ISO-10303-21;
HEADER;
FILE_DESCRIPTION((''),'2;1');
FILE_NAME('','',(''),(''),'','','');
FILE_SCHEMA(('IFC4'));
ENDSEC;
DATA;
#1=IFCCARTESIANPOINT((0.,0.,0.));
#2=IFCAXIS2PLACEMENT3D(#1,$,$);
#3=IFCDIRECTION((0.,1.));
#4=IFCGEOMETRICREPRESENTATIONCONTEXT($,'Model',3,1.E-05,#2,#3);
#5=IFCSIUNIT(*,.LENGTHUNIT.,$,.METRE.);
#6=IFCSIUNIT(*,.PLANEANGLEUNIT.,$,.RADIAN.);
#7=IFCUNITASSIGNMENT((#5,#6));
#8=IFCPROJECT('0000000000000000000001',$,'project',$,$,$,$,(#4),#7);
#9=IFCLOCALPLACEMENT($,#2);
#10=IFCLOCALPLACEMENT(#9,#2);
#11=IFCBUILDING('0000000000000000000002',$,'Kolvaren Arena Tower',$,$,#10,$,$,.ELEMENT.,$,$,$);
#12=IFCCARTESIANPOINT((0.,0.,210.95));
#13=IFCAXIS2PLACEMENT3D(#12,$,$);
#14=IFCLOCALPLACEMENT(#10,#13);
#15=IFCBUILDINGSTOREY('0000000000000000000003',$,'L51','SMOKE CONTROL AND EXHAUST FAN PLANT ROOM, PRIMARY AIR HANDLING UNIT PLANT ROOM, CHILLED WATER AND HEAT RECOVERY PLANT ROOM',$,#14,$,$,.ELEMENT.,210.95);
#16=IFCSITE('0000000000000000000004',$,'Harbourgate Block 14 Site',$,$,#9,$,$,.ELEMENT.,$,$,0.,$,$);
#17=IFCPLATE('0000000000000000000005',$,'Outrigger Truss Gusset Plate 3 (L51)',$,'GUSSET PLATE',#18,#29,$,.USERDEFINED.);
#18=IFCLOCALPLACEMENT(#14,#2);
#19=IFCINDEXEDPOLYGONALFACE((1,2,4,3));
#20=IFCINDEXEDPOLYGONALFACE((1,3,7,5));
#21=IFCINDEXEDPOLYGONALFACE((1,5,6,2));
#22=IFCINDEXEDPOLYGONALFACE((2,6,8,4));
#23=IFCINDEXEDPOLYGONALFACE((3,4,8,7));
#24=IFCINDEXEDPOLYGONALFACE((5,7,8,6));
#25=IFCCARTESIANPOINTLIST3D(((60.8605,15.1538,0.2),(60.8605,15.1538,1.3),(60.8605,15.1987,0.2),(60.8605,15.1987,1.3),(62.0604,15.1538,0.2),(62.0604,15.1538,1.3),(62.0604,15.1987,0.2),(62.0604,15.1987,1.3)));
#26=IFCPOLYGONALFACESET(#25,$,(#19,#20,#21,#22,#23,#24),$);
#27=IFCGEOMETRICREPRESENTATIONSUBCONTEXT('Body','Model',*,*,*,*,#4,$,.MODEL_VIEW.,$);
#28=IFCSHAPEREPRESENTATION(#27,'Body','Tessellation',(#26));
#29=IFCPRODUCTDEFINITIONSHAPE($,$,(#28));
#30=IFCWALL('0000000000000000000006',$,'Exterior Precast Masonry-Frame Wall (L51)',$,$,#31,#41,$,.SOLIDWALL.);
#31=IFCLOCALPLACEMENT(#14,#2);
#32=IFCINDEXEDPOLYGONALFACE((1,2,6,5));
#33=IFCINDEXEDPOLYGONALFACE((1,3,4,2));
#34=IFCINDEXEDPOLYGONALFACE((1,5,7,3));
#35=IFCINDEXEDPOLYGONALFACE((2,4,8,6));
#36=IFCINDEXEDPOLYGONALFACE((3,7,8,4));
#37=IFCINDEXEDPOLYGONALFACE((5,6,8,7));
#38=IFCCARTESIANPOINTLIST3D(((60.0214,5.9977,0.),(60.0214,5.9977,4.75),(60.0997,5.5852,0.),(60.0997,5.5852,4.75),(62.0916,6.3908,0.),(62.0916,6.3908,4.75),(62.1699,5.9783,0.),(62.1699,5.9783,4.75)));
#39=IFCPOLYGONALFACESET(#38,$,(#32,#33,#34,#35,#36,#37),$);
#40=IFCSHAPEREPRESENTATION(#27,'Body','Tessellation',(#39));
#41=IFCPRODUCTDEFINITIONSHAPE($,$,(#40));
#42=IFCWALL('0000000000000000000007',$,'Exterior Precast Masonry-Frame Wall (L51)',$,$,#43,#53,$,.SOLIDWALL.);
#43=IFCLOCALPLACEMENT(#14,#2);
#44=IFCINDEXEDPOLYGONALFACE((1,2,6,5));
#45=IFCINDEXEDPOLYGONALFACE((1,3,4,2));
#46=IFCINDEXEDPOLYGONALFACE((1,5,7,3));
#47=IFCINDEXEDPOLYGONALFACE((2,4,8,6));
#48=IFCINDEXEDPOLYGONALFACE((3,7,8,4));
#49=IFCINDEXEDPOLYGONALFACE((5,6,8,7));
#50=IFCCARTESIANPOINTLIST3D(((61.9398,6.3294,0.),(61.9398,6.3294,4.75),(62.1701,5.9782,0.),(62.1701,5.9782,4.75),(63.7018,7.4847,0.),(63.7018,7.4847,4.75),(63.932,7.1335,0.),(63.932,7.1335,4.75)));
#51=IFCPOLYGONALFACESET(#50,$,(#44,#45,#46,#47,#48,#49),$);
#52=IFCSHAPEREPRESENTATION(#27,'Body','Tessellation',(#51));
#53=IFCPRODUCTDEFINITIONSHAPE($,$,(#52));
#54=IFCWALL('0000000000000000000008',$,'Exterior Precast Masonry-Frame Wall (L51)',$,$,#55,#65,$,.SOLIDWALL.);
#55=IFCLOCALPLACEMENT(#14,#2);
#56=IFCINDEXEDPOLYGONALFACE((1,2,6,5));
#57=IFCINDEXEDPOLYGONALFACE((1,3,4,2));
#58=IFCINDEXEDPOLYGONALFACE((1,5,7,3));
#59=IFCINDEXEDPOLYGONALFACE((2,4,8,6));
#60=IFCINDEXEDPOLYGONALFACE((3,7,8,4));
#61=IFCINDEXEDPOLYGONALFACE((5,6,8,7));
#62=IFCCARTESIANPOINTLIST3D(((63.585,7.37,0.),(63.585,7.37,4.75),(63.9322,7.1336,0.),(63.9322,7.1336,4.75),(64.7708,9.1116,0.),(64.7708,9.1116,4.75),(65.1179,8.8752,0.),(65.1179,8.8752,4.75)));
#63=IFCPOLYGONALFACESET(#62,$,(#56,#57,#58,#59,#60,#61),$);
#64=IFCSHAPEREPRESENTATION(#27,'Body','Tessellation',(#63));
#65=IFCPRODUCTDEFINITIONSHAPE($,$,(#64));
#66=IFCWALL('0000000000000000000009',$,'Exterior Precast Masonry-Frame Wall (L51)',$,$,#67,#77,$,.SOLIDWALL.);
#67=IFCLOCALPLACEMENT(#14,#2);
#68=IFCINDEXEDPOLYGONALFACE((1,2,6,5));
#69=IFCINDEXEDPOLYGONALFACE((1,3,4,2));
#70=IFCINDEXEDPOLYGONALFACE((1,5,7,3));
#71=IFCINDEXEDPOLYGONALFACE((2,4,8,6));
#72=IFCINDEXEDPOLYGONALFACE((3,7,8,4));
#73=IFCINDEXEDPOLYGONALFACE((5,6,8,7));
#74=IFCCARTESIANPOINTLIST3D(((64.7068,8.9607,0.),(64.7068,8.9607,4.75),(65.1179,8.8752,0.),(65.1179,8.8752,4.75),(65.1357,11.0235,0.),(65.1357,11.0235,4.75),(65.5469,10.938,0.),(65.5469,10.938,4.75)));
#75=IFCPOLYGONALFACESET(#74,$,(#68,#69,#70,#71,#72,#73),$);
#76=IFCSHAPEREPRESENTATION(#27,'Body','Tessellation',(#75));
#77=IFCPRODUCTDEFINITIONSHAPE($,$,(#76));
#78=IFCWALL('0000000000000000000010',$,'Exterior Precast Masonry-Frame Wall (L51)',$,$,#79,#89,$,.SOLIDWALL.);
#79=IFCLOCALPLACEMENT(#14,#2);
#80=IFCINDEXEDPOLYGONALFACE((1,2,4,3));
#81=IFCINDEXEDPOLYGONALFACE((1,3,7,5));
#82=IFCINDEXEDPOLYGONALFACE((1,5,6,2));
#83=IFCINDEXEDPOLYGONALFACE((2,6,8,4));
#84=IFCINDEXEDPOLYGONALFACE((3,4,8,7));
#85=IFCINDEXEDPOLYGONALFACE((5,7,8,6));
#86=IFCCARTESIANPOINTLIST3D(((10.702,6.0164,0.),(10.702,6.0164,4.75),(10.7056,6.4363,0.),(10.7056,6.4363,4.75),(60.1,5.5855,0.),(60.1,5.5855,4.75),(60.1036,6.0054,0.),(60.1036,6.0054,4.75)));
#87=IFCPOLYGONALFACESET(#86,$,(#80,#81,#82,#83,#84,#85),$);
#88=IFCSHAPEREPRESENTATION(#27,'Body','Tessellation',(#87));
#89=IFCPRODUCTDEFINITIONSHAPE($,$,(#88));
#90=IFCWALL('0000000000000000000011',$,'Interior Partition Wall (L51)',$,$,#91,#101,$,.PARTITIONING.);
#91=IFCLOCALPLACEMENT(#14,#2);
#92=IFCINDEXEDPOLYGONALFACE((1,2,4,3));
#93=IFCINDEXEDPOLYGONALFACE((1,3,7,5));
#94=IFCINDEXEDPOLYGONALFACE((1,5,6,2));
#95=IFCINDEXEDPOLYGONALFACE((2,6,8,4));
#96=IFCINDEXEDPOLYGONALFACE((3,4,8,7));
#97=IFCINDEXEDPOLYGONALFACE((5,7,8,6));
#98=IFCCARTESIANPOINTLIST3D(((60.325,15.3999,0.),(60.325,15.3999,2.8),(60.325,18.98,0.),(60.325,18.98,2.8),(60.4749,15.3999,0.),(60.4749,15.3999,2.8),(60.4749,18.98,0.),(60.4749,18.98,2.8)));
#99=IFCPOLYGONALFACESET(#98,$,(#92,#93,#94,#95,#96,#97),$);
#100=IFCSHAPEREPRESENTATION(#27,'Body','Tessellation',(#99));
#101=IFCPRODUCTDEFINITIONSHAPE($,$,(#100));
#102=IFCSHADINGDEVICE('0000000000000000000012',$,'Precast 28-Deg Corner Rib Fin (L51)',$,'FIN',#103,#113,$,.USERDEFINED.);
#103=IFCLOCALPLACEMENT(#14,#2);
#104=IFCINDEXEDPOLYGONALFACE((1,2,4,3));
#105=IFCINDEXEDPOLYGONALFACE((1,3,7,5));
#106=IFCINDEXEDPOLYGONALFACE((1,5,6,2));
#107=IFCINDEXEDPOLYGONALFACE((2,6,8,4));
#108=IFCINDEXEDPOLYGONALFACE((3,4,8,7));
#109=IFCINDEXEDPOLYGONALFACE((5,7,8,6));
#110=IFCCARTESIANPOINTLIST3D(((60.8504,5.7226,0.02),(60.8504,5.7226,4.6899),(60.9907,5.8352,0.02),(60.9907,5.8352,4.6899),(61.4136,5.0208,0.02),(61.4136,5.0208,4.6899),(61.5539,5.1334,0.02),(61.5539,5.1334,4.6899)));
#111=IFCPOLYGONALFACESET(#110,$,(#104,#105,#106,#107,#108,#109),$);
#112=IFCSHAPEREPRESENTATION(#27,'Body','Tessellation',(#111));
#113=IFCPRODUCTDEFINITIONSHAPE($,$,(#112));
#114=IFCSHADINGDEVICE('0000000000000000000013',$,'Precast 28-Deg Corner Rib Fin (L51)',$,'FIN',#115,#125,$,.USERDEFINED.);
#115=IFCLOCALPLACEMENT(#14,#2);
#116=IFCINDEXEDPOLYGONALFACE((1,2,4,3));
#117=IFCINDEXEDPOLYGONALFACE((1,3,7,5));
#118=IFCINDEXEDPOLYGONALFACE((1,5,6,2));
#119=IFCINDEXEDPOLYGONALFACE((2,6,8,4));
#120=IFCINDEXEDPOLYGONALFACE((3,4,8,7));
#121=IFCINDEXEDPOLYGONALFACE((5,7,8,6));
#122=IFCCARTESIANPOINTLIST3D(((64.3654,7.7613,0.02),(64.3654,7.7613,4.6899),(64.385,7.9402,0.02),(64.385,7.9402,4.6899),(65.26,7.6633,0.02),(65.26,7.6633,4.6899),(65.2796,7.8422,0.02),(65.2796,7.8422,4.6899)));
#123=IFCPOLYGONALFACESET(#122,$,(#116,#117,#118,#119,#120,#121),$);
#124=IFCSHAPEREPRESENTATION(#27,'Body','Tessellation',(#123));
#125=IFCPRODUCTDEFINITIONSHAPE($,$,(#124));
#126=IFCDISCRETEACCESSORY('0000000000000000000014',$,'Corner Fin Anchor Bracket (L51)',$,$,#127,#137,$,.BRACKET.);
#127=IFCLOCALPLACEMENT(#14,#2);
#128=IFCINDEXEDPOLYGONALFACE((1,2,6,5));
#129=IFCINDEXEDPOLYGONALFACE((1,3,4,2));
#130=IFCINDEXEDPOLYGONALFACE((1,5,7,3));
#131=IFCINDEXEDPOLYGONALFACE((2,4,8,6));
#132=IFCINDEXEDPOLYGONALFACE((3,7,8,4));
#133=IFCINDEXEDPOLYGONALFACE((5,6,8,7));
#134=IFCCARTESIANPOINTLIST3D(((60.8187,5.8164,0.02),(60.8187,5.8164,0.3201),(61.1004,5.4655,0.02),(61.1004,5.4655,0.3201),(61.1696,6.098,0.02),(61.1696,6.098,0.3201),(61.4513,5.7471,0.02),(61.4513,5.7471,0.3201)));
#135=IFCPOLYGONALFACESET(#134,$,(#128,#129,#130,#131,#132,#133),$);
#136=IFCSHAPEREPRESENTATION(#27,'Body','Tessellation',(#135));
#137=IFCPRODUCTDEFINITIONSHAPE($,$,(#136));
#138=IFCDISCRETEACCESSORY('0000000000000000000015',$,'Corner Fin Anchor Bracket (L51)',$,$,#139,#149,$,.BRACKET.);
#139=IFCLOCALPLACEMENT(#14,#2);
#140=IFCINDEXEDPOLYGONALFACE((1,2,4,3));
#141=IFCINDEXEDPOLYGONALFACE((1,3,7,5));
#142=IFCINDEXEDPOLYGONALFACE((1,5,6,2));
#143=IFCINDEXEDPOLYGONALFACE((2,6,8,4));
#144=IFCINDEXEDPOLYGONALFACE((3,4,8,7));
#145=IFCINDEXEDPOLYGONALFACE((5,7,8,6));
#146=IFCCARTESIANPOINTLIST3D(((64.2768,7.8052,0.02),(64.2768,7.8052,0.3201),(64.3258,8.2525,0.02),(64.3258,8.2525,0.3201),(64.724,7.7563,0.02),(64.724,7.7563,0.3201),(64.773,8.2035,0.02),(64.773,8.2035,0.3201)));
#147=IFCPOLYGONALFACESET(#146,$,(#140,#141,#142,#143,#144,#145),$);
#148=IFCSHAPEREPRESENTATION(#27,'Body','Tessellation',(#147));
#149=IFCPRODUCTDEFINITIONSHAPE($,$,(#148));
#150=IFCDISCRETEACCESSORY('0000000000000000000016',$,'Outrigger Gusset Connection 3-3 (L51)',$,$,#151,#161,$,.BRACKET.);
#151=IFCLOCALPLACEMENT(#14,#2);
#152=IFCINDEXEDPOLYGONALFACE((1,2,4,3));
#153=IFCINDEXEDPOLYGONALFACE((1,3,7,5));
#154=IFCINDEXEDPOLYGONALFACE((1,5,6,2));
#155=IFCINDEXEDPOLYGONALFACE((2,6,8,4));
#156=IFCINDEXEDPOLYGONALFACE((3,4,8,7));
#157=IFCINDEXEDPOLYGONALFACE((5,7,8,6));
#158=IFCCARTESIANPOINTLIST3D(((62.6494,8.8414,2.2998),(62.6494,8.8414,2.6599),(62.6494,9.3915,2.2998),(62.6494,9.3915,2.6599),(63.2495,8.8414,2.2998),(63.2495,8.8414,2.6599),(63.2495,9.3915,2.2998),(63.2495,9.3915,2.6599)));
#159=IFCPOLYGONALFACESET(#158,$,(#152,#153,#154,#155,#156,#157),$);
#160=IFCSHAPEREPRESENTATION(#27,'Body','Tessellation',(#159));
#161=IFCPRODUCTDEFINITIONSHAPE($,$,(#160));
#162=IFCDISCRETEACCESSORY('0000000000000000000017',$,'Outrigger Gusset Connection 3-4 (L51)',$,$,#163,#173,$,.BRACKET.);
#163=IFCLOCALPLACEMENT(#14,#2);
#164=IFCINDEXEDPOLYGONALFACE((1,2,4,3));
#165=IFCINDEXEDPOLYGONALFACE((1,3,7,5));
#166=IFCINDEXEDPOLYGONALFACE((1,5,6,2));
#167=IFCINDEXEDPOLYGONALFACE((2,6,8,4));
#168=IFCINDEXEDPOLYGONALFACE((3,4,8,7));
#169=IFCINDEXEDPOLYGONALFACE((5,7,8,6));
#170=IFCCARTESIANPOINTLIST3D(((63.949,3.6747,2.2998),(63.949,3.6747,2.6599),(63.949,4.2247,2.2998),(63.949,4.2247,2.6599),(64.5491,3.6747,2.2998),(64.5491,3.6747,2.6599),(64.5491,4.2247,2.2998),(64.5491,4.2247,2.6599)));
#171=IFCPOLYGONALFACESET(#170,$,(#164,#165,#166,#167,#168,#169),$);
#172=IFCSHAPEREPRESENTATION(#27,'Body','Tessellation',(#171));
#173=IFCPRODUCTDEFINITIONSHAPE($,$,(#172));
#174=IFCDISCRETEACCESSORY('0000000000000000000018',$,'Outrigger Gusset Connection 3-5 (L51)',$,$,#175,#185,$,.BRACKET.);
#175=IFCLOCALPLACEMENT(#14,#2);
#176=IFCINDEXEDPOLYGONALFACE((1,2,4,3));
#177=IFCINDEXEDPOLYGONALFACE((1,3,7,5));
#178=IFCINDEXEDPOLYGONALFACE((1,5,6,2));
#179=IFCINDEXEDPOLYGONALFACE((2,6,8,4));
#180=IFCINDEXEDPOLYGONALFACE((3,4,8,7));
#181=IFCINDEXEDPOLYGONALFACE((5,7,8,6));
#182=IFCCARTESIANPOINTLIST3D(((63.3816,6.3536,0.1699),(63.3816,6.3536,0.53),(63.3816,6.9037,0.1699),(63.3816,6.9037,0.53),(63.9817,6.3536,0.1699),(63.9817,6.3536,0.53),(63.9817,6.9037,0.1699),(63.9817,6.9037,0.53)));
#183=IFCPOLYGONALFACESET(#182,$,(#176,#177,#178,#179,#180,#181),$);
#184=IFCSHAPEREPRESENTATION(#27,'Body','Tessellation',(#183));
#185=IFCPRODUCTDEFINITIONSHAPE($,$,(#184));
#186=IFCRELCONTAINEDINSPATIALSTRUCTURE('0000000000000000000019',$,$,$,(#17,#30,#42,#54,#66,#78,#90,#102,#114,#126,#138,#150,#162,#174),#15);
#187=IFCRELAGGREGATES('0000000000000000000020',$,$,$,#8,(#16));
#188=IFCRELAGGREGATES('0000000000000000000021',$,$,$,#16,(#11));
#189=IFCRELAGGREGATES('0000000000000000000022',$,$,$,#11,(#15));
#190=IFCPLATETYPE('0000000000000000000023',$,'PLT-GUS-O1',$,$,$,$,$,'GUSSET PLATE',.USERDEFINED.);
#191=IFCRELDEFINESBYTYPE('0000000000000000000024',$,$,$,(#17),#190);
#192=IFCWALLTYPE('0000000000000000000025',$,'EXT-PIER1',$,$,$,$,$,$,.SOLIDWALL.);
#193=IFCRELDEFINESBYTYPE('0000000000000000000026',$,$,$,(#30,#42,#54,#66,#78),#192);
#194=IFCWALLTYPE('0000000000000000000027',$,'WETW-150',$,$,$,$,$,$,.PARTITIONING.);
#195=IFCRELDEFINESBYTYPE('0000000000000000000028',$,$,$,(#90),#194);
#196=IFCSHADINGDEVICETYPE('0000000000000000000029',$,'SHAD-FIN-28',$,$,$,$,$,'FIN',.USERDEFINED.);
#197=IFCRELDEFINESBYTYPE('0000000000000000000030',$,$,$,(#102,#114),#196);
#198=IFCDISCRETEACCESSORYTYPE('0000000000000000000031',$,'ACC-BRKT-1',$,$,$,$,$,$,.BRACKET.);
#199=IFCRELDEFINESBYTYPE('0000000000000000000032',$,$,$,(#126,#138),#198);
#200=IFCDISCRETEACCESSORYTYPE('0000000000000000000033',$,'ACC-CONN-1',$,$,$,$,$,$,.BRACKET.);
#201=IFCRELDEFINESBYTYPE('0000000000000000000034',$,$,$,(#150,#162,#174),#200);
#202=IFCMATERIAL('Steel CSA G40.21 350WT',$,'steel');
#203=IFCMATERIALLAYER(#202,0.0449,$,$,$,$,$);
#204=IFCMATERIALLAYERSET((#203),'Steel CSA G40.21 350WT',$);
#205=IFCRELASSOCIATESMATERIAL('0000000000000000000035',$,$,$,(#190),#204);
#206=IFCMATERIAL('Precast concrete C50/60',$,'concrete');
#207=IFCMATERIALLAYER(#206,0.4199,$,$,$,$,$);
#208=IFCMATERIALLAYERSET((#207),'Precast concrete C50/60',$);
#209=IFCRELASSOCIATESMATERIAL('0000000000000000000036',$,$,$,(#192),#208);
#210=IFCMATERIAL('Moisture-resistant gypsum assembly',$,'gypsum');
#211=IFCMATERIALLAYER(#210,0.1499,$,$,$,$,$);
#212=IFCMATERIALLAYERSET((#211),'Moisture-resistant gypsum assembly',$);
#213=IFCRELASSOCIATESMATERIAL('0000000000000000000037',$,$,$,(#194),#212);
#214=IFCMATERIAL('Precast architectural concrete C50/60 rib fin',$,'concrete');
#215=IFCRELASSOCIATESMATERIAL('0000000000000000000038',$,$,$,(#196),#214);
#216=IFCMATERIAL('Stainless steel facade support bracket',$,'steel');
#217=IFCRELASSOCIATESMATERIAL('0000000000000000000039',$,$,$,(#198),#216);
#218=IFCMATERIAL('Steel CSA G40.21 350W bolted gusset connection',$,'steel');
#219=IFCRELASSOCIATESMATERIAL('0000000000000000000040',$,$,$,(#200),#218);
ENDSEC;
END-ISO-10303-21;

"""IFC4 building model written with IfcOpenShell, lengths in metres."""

from ifc_helpers import new_model, si_unit, direction, frame, frame_2d, origin, origin_2d, place, context, subcontext, project, spatial, rectangle, extrude, material, layer, layer_set, type_object, element, save


model = new_model("IFC4")

# Units and contexts
model_context = context("Model", 3, precision=1e-05, world=origin(), true_north=direction((0.0, 1.0)))
body_context = subcontext(model_context, "Body", "Model", "MODEL_VIEW")
ifc_project = project(units=[si_unit("LENGTHUNIT", "METRE"), si_unit("PLANEANGLEUNIT", "RADIAN")], contexts=[model_context])

# Site, building, storey
site_placement = place(None, origin())
site = spatial("IfcSite", under=ifc_project, at=site_placement, Name="Harbourgate Block 14 Site", CompositionType="ELEMENT", RefElevation=0.0)
building_placement = place(site_placement, origin())
building = spatial("IfcBuilding", under=site, at=building_placement, Name="Kolvaren Arena Tower", CompositionType="ELEMENT")
storey_placement = place(building_placement, frame((0.0, 0.0, 210.95)))
storey = spatial("IfcBuildingStorey", under=building, at=storey_placement, Name="L51", Description="SMOKE CONTROL AND EXHAUST FAN PLANT ROOM, PRIMARY AIR HANDLING UNIT PLANT ROOM, CHILLED WATER AND HEAT RECOVERY PLANT ROOM", CompositionType="ELEMENT", Elevation=210.95)

# Shared definitions
ifc_material_1 = material(Name="Steel CSA G40.21 350WT", Category="steel")

# Plate
ifc_layer_1 = layer(ifc_material_1, 0.0449)
ifc_layer_set_1 = layer_set([ifc_layer_1], Name="Steel CSA G40.21 350WT")
plate_type = type_object("IfcPlateType", Name="PLT-GUS-O1", ElementType="GUSSET PLATE", PredefinedType="USERDEFINED", material=ifc_layer_set_1)
plate_placement = place(storey_placement, frame((61.4604, 15.1763, 0.2), z_axis=(0.0, 0.0, 1.0), x_axis=(1.0, 0.0, 0.0)))
element("IfcPlate", 1, at=plate_placement, inside=storey, type_object=plate_type, Name="Outrigger Truss Gusset Plate 3 (L51)", ObjectType="GUSSET PLATE", PredefinedType="USERDEFINED", context=body_context, shape_type="SweptSolid", body=[
    extrude(rectangle(XDim=1.2, YDim=0.0449, at=origin_2d()), origin(), (0.0, 0.0, 1.0), 1.1001),
])

# Walls
ifc_material_2 = material(Name="Precast concrete C50/60", Category="concrete")
ifc_layer_2 = layer(ifc_material_2, 0.4199)
ifc_layer_set_2 = layer_set([ifc_layer_2], Name="Precast concrete C50/60")
wall_type_1 = type_object("IfcWallType", Name="EXT-PIER1", PredefinedType="SOLIDWALL", material=ifc_layer_set_2)
wall_1_placement = place(storey_placement, frame((62.1309, 6.1846, 0.0), z_axis=(0.0, 0.0, 1.0), x_axis=(-0.982446, -0.186548, 0.0)))
element("IfcWall", 2, at=wall_1_placement, inside=storey, type_object=wall_type_1, Name="Exterior Precast Masonry-Frame Wall (L51)", PredefinedType="SOLIDWALL", context=body_context, shape_type="SweptSolid", body=[
    extrude(rectangle(XDim=2.1072, YDim=0.4199, at=frame_2d((1.0537, 0.0))), origin(), (0.0, 0.0, 1.0), 4.75),
])
for number, where, z_axis, x_axis, name in (
    (3, (63.8169, 7.3091, 0.0), (0.0, 0.0, 1.0), (-0.836269, -0.54832, 0.0), "Exterior Precast Masonry-Frame Wall (L51)"),
    (4, (64.9443, 8.9934, 0.0), (0.0, 0.0, 1.0), (-0.562776, -0.82661, 0.0), "Exterior Precast Masonry-Frame Wall (L51)"),
    (5, (65.3413, 10.9807, 0.0), (0.0, 0.0, 1.0), (-0.203598, -0.979055, 0.0), "Exterior Precast Masonry-Frame Wall (L51)"),
):
    element("IfcWall", number, at=place(storey_placement, frame(where, z_axis=z_axis, x_axis=x_axis)), inside=storey, type_object=wall_type_1, Name=name, PredefinedType="SOLIDWALL", context=body_context, shape_type="SweptSolid", body=[
        extrude(rectangle(XDim=2.1069, YDim=0.4199, at=frame_2d((1.0535, 0.0))), origin(), (0.0, 0.0, 1.0), 4.75),
    ])
wall_2_placement = place(storey_placement, frame((60.1018, 5.7954, 0.0), z_axis=(0.0, 0.0, 1.0), x_axis=(-0.999962, 0.008723, 0.0)))
element("IfcWall", 6, at=wall_2_placement, inside=storey, type_object=wall_type_1, Name="Exterior Precast Masonry-Frame Wall (L51)", PredefinedType="SOLIDWALL", context=body_context, shape_type="SweptSolid", body=[
    extrude(rectangle(XDim=49.3999, YDim=0.4199, at=frame_2d((24.7, 0.0))), origin(), (0.0, 0.0, 1.0), 4.75),
])
ifc_material_3 = material(Name="Moisture-resistant gypsum assembly", Category="gypsum")
ifc_layer_3 = layer(ifc_material_3, 0.1499)
ifc_layer_set_3 = layer_set([ifc_layer_3], Name="Moisture-resistant gypsum assembly")
wall_type_2 = type_object("IfcWallType", Name="WETW-150", PredefinedType="PARTITIONING", material=ifc_layer_set_3)
wall_3_placement = place(storey_placement, frame((60.3999, 15.3999, 0.0), z_axis=(0.0, 0.0, 1.0), x_axis=(0.0, 1.0, 0.0)))
element("IfcWall", 7, at=wall_3_placement, inside=storey, type_object=wall_type_2, Name="Interior Partition Wall (L51)", PredefinedType="PARTITIONING", context=body_context, shape_type="SweptSolid", body=[
    extrude(rectangle(XDim=3.5801, YDim=0.1499, at=frame_2d((1.79, 0.0))), origin(), (0.0, 0.0, 1.0), 2.8),
])

# Shading devices
ifc_material_4 = material(Name="Precast architectural concrete C50/60 rib fin", Category="concrete")
shading_device_type = type_object("IfcShadingDeviceType", Name="SHAD-FIN-28", ElementType="FIN", PredefinedType="USERDEFINED", material=ifc_material_4)
for number, where, z_axis, x_axis, name in (
    (8, (61.2021, 5.428, 0.02), (0.0, 0.0, 1.0), (0.625923, -0.779884, 0.0), "Precast 28-Deg Corner Rib Fin (L51)"),
    (9, (64.8225, 7.8018, 0.02), (0.0, 0.0, 1.0), (0.994057, -0.108862, 0.0), "Precast 28-Deg Corner Rib Fin (L51)"),
):
    element("IfcShadingDevice", number, at=place(storey_placement, frame(where, z_axis=z_axis, x_axis=x_axis)), inside=storey, type_object=shading_device_type, Name=name, ObjectType="FIN", PredefinedType="USERDEFINED", context=body_context, shape_type="SweptSolid", body=[
        extrude(rectangle(XDim=0.8999, YDim=0.1799, at=origin_2d()), origin(), (0.0, 0.0, 1.0), 4.6699),
    ])

# Discrete accessories
ifc_material_5 = material(Name="Stainless steel facade support bracket", Category="steel")
discrete_accessory_type_1 = type_object("IfcDiscreteAccessoryType", Name="ACC-BRKT-1", PredefinedType="BRACKET", material=ifc_material_5)
for number, where, z_axis, x_axis, name in (
    (10, (61.135, 5.7817, 0.02), (0.0, 0.0, 1.0), (0.625923, -0.779884, 0.0), "Corner Fin Anchor Bracket (L51)"),
    (11, (64.5249, 8.0044, 0.02), (0.0, 0.0, 1.0), (0.994057, -0.108862, 0.0), "Corner Fin Anchor Bracket (L51)"),
):
    element("IfcDiscreteAccessory", number, at=place(storey_placement, frame(where, z_axis=z_axis, x_axis=x_axis)), inside=storey, type_object=discrete_accessory_type_1, Name=name, PredefinedType="BRACKET", context=body_context, shape_type="SweptSolid", body=[
        extrude(rectangle(XDim=0.45, YDim=0.45, at=origin_2d()), origin(), (0.0, 0.0, 1.0), 0.3),
    ])
ifc_material_6 = material(Name="Steel CSA G40.21 350W bolted gusset connection", Category="steel")
discrete_accessory_type_2 = type_object("IfcDiscreteAccessoryType", Name="ACC-CONN-1", PredefinedType="BRACKET", material=ifc_material_6)
for number, where, z_axis, x_axis, name in (
    (12, (62.9495, 9.1165, 2.2998), (0.0, 0.0, 1.0), (1.0, 0.0, 0.0), "Outrigger Gusset Connection 3-3 (L51)"),
    (13, (64.249, 3.9497, 2.2998), (0.0, 0.0, 1.0), (1.0, 0.0, 0.0), "Outrigger Gusset Connection 3-4 (L51)"),
    (14, (63.6816, 6.6287, 0.1699), (0.0, 0.0, 1.0), (1.0, 0.0, 0.0), "Outrigger Gusset Connection 3-5 (L51)"),
):
    element("IfcDiscreteAccessory", number, at=place(storey_placement, frame(where, z_axis=z_axis, x_axis=x_axis)), inside=storey, type_object=discrete_accessory_type_2, Name=name, PredefinedType="BRACKET", context=body_context, shape_type="SweptSolid", body=[
        extrude(rectangle(XDim=0.6001, YDim=0.55, at=origin_2d()), origin(), (0.0, 0.0, 1.0), 0.3601),
    ])

save(model, "model.ifc")
